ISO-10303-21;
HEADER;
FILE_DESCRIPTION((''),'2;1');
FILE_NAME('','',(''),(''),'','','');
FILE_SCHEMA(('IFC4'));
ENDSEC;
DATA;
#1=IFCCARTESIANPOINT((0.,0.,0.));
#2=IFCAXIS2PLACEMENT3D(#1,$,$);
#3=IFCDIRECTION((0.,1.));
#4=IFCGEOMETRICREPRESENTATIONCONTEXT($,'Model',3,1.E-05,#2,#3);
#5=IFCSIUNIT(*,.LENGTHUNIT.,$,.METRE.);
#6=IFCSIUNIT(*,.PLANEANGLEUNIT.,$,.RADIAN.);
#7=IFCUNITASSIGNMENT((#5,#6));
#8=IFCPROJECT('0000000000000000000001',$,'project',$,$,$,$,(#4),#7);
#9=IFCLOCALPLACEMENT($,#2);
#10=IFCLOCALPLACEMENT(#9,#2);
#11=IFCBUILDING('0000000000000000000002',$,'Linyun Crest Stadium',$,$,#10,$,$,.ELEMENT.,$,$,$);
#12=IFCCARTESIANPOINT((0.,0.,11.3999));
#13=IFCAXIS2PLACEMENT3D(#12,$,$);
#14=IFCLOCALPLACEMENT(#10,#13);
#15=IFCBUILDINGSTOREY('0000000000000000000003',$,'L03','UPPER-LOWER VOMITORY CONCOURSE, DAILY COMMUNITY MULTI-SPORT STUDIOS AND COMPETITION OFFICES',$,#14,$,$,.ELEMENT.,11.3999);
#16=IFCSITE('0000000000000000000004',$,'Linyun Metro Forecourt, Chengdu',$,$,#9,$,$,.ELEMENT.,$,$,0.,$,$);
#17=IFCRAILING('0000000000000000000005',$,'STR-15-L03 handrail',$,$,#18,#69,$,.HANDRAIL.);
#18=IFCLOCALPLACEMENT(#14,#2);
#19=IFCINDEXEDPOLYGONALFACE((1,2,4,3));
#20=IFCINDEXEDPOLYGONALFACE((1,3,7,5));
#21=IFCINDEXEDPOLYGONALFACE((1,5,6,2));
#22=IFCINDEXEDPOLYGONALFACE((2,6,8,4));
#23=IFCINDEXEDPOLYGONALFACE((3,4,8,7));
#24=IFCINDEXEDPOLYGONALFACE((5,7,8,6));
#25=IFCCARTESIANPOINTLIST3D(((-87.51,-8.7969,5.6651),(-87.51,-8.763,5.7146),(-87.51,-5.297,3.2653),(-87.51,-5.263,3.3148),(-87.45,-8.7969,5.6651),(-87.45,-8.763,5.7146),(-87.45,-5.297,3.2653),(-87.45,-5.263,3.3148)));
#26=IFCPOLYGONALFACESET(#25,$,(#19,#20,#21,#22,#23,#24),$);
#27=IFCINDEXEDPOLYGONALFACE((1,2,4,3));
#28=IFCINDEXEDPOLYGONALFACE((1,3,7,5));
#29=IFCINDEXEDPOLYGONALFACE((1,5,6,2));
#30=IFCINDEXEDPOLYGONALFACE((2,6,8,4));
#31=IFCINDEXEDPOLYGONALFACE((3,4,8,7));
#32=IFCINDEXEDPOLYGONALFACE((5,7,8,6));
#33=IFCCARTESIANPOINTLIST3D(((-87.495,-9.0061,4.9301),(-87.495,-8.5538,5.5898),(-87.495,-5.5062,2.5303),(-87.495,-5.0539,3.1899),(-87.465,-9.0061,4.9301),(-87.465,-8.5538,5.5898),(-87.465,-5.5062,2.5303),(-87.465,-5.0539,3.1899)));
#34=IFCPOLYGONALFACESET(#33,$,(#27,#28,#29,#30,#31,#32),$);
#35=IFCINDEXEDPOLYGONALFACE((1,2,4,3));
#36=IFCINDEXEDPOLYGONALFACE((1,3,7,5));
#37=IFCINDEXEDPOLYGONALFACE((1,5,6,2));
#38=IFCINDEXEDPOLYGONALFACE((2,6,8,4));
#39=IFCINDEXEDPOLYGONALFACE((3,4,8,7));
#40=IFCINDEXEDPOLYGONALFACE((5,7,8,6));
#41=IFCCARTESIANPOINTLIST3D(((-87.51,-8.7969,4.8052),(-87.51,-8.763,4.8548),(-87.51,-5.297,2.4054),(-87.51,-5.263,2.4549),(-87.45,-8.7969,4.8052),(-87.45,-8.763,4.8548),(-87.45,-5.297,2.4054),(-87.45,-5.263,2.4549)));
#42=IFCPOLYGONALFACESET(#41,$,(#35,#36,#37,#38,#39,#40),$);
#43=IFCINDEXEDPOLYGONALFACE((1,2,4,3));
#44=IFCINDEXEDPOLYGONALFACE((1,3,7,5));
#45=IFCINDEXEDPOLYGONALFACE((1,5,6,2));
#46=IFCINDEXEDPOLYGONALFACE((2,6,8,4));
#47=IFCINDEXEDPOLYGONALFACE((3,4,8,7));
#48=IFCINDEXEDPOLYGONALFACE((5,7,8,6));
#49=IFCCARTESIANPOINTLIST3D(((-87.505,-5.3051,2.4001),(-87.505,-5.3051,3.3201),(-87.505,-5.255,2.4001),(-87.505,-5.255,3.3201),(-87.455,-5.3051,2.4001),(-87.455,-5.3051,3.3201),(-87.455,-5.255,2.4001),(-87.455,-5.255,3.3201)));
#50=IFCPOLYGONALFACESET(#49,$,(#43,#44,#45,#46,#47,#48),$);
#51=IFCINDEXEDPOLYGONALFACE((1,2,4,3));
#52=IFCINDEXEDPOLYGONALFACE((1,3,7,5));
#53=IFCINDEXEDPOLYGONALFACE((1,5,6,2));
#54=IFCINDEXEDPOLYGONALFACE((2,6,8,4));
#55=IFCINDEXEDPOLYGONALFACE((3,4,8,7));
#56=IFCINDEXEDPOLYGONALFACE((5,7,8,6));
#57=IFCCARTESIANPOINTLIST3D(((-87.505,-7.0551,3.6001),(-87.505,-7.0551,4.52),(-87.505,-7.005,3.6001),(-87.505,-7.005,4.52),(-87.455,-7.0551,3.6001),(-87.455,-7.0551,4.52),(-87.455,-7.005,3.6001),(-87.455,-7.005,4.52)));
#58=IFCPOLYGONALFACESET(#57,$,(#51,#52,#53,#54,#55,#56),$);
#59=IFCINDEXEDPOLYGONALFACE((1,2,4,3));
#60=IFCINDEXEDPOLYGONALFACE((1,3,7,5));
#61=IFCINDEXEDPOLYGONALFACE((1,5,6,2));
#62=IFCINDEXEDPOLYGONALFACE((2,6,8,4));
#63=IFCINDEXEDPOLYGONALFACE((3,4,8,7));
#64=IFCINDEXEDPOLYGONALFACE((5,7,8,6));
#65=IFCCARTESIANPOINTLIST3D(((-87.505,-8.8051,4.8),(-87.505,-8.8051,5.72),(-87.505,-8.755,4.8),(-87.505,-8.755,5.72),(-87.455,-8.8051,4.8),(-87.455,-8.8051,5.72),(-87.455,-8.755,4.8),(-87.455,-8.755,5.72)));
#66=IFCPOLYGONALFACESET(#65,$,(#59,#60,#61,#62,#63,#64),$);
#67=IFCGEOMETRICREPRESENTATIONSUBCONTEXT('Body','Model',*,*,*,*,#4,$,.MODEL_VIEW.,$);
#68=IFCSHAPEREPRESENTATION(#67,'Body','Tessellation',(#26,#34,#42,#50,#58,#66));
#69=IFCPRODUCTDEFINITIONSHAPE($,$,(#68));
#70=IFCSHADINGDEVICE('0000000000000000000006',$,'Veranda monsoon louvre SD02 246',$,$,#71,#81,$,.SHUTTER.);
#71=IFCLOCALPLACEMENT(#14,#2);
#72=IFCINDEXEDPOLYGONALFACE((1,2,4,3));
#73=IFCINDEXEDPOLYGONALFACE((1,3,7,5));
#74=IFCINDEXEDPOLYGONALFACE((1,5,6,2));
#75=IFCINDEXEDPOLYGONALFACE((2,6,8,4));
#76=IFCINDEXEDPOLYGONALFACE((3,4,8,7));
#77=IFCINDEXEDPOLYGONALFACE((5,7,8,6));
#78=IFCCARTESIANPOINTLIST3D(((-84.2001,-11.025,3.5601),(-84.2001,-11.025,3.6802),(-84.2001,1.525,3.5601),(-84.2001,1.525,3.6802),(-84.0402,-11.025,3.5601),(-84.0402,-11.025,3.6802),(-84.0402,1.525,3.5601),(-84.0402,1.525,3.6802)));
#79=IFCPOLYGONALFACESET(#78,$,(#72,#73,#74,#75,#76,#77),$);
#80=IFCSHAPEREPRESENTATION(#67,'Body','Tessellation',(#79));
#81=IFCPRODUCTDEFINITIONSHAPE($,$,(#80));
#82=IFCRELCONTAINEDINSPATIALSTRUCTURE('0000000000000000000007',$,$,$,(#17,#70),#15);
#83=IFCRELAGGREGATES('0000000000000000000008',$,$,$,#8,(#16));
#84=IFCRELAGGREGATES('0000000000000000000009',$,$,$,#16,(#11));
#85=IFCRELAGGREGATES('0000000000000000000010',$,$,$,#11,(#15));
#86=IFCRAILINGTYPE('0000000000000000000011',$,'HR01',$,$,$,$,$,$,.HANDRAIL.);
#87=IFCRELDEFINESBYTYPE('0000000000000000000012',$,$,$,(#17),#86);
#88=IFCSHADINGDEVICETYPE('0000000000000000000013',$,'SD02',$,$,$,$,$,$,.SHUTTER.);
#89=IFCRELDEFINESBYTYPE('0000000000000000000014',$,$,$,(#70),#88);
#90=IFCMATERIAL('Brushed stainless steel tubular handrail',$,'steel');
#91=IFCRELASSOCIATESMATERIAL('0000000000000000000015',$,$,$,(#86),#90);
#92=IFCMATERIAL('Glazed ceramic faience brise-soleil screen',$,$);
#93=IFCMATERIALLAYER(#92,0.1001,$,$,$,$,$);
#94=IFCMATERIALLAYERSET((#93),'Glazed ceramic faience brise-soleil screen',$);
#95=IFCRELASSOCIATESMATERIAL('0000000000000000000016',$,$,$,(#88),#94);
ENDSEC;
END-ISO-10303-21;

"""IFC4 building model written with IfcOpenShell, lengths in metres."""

from ifc_helpers import new_model, si_unit, direction, frame, origin, origin_2d, place, context, subcontext, project, spatial, rectangle, extrude, material, layer, layer_set, type_object, element, save


model = new_model("IFC4")

# Units and contexts
model_context = context("Model", 3, precision=1e-05, world=origin(), true_north=direction((0.0, 1.0)))
body_context = subcontext(model_context, "Body", "Model", "MODEL_VIEW")
ifc_project = project(units=[si_unit("LENGTHUNIT", "METRE"), si_unit("PLANEANGLEUNIT", "RADIAN")], contexts=[model_context])

# Site, building, storey
site_placement = place(None, origin())
site = spatial("IfcSite", under=ifc_project, at=site_placement, Name="Linyun Metro Forecourt, Chengdu", CompositionType="ELEMENT", RefElevation=0.0)
building_placement = place(site_placement, origin())
building = spatial("IfcBuilding", under=site, at=building_placement, Name="Linyun Crest Stadium", CompositionType="ELEMENT")
storey_placement = place(building_placement, frame((0.0, 0.0, 11.3999)))
storey = spatial("IfcBuildingStorey", under=building, at=storey_placement, Name="L03", Description="UPPER-LOWER VOMITORY CONCOURSE, DAILY COMMUNITY MULTI-SPORT STUDIOS AND COMPETITION OFFICES", CompositionType="ELEMENT", Elevation=11.3999)

# Railing
ifc_material_1 = material(Name="Brushed stainless steel tubular handrail", Category="steel")
railing_type_1 = type_object("IfcRailingType", Name="HR01", PredefinedType="HANDRAIL", material=ifc_material_1)
railing_1_placement = place(storey_placement, frame((-87.48, -5.28, 2.4001)))
element("IfcRailing", 1, at=railing_1_placement, inside=storey, type_object=railing_type_1, Name="STR-15-L03 handrail", PredefinedType="HANDRAIL", context=body_context, shape_type="SweptSolid", body=[
    extrude(rectangle(XDim=0.0601, YDim=0.0601, at=origin_2d()), frame((0.0, 0.0, 0.8899), z_axis=(0.0, -0.82474, 0.565513), x_axis=(1.0, 0.0, 0.0)), (0.0, 0.0, 1.0), 4.2437),
    extrude(rectangle(XDim=0.03, YDim=0.7998, at=origin_2d()), frame((0.0, 0.0, 0.46), z_axis=(0.0, -0.82474, 0.565513), x_axis=(1.0, 0.0, 0.0)), (0.0, 0.0, 1.0), 4.2437),
    extrude(rectangle(XDim=0.0601, YDim=0.0601, at=origin_2d()), frame((0.0, 0.0, 0.03), z_axis=(0.0, -0.82474, 0.565513), x_axis=(1.0, 0.0, 0.0)), (0.0, 0.0, 1.0), 4.2437),
    extrude(rectangle(XDim=0.05, YDim=0.05, at=origin_2d()), origin(), (0.0, 0.0, 1.0), 0.9199),
    extrude(rectangle(XDim=0.05, YDim=0.05, at=origin_2d()), frame((0.0, -1.75, 1.2)), (0.0, 0.0, 1.0), 0.9199),
    extrude(rectangle(XDim=0.05, YDim=0.05, at=origin_2d()), frame((0.0, -3.5, 2.3999)), (0.0, 0.0, 1.0), 0.9199),
])

# Shading device
ifc_material_2 = material(Name="Glazed ceramic faience brise-soleil screen")
ifc_layer_1 = layer(ifc_material_2, 0.1001)
ifc_layer_set_1 = layer_set([ifc_layer_1], Name="Glazed ceramic faience brise-soleil screen")
shading_device_type = type_object("IfcShadingDeviceType", Name="SD02", PredefinedType="SHUTTER", material=ifc_layer_set_1)
shading_device_placement = place(storey_placement, frame((-84.1201, -4.75, 3.5601), z_axis=(0.0, 0.0, 1.0), x_axis=(1.0, 0.0, 0.0)))
element("IfcShadingDevice", 2, at=shading_device_placement, inside=storey, type_object=shading_device_type, Name="Veranda monsoon louvre SD02 246", PredefinedType="SHUTTER", context=body_context, shape_type="SweptSolid", body=[
    extrude(rectangle(XDim=0.1599, YDim=12.55, at=origin_2d()), origin(), (0.0, 0.0, 1.0), 0.1201),
])

save(model, "model.ifc")
